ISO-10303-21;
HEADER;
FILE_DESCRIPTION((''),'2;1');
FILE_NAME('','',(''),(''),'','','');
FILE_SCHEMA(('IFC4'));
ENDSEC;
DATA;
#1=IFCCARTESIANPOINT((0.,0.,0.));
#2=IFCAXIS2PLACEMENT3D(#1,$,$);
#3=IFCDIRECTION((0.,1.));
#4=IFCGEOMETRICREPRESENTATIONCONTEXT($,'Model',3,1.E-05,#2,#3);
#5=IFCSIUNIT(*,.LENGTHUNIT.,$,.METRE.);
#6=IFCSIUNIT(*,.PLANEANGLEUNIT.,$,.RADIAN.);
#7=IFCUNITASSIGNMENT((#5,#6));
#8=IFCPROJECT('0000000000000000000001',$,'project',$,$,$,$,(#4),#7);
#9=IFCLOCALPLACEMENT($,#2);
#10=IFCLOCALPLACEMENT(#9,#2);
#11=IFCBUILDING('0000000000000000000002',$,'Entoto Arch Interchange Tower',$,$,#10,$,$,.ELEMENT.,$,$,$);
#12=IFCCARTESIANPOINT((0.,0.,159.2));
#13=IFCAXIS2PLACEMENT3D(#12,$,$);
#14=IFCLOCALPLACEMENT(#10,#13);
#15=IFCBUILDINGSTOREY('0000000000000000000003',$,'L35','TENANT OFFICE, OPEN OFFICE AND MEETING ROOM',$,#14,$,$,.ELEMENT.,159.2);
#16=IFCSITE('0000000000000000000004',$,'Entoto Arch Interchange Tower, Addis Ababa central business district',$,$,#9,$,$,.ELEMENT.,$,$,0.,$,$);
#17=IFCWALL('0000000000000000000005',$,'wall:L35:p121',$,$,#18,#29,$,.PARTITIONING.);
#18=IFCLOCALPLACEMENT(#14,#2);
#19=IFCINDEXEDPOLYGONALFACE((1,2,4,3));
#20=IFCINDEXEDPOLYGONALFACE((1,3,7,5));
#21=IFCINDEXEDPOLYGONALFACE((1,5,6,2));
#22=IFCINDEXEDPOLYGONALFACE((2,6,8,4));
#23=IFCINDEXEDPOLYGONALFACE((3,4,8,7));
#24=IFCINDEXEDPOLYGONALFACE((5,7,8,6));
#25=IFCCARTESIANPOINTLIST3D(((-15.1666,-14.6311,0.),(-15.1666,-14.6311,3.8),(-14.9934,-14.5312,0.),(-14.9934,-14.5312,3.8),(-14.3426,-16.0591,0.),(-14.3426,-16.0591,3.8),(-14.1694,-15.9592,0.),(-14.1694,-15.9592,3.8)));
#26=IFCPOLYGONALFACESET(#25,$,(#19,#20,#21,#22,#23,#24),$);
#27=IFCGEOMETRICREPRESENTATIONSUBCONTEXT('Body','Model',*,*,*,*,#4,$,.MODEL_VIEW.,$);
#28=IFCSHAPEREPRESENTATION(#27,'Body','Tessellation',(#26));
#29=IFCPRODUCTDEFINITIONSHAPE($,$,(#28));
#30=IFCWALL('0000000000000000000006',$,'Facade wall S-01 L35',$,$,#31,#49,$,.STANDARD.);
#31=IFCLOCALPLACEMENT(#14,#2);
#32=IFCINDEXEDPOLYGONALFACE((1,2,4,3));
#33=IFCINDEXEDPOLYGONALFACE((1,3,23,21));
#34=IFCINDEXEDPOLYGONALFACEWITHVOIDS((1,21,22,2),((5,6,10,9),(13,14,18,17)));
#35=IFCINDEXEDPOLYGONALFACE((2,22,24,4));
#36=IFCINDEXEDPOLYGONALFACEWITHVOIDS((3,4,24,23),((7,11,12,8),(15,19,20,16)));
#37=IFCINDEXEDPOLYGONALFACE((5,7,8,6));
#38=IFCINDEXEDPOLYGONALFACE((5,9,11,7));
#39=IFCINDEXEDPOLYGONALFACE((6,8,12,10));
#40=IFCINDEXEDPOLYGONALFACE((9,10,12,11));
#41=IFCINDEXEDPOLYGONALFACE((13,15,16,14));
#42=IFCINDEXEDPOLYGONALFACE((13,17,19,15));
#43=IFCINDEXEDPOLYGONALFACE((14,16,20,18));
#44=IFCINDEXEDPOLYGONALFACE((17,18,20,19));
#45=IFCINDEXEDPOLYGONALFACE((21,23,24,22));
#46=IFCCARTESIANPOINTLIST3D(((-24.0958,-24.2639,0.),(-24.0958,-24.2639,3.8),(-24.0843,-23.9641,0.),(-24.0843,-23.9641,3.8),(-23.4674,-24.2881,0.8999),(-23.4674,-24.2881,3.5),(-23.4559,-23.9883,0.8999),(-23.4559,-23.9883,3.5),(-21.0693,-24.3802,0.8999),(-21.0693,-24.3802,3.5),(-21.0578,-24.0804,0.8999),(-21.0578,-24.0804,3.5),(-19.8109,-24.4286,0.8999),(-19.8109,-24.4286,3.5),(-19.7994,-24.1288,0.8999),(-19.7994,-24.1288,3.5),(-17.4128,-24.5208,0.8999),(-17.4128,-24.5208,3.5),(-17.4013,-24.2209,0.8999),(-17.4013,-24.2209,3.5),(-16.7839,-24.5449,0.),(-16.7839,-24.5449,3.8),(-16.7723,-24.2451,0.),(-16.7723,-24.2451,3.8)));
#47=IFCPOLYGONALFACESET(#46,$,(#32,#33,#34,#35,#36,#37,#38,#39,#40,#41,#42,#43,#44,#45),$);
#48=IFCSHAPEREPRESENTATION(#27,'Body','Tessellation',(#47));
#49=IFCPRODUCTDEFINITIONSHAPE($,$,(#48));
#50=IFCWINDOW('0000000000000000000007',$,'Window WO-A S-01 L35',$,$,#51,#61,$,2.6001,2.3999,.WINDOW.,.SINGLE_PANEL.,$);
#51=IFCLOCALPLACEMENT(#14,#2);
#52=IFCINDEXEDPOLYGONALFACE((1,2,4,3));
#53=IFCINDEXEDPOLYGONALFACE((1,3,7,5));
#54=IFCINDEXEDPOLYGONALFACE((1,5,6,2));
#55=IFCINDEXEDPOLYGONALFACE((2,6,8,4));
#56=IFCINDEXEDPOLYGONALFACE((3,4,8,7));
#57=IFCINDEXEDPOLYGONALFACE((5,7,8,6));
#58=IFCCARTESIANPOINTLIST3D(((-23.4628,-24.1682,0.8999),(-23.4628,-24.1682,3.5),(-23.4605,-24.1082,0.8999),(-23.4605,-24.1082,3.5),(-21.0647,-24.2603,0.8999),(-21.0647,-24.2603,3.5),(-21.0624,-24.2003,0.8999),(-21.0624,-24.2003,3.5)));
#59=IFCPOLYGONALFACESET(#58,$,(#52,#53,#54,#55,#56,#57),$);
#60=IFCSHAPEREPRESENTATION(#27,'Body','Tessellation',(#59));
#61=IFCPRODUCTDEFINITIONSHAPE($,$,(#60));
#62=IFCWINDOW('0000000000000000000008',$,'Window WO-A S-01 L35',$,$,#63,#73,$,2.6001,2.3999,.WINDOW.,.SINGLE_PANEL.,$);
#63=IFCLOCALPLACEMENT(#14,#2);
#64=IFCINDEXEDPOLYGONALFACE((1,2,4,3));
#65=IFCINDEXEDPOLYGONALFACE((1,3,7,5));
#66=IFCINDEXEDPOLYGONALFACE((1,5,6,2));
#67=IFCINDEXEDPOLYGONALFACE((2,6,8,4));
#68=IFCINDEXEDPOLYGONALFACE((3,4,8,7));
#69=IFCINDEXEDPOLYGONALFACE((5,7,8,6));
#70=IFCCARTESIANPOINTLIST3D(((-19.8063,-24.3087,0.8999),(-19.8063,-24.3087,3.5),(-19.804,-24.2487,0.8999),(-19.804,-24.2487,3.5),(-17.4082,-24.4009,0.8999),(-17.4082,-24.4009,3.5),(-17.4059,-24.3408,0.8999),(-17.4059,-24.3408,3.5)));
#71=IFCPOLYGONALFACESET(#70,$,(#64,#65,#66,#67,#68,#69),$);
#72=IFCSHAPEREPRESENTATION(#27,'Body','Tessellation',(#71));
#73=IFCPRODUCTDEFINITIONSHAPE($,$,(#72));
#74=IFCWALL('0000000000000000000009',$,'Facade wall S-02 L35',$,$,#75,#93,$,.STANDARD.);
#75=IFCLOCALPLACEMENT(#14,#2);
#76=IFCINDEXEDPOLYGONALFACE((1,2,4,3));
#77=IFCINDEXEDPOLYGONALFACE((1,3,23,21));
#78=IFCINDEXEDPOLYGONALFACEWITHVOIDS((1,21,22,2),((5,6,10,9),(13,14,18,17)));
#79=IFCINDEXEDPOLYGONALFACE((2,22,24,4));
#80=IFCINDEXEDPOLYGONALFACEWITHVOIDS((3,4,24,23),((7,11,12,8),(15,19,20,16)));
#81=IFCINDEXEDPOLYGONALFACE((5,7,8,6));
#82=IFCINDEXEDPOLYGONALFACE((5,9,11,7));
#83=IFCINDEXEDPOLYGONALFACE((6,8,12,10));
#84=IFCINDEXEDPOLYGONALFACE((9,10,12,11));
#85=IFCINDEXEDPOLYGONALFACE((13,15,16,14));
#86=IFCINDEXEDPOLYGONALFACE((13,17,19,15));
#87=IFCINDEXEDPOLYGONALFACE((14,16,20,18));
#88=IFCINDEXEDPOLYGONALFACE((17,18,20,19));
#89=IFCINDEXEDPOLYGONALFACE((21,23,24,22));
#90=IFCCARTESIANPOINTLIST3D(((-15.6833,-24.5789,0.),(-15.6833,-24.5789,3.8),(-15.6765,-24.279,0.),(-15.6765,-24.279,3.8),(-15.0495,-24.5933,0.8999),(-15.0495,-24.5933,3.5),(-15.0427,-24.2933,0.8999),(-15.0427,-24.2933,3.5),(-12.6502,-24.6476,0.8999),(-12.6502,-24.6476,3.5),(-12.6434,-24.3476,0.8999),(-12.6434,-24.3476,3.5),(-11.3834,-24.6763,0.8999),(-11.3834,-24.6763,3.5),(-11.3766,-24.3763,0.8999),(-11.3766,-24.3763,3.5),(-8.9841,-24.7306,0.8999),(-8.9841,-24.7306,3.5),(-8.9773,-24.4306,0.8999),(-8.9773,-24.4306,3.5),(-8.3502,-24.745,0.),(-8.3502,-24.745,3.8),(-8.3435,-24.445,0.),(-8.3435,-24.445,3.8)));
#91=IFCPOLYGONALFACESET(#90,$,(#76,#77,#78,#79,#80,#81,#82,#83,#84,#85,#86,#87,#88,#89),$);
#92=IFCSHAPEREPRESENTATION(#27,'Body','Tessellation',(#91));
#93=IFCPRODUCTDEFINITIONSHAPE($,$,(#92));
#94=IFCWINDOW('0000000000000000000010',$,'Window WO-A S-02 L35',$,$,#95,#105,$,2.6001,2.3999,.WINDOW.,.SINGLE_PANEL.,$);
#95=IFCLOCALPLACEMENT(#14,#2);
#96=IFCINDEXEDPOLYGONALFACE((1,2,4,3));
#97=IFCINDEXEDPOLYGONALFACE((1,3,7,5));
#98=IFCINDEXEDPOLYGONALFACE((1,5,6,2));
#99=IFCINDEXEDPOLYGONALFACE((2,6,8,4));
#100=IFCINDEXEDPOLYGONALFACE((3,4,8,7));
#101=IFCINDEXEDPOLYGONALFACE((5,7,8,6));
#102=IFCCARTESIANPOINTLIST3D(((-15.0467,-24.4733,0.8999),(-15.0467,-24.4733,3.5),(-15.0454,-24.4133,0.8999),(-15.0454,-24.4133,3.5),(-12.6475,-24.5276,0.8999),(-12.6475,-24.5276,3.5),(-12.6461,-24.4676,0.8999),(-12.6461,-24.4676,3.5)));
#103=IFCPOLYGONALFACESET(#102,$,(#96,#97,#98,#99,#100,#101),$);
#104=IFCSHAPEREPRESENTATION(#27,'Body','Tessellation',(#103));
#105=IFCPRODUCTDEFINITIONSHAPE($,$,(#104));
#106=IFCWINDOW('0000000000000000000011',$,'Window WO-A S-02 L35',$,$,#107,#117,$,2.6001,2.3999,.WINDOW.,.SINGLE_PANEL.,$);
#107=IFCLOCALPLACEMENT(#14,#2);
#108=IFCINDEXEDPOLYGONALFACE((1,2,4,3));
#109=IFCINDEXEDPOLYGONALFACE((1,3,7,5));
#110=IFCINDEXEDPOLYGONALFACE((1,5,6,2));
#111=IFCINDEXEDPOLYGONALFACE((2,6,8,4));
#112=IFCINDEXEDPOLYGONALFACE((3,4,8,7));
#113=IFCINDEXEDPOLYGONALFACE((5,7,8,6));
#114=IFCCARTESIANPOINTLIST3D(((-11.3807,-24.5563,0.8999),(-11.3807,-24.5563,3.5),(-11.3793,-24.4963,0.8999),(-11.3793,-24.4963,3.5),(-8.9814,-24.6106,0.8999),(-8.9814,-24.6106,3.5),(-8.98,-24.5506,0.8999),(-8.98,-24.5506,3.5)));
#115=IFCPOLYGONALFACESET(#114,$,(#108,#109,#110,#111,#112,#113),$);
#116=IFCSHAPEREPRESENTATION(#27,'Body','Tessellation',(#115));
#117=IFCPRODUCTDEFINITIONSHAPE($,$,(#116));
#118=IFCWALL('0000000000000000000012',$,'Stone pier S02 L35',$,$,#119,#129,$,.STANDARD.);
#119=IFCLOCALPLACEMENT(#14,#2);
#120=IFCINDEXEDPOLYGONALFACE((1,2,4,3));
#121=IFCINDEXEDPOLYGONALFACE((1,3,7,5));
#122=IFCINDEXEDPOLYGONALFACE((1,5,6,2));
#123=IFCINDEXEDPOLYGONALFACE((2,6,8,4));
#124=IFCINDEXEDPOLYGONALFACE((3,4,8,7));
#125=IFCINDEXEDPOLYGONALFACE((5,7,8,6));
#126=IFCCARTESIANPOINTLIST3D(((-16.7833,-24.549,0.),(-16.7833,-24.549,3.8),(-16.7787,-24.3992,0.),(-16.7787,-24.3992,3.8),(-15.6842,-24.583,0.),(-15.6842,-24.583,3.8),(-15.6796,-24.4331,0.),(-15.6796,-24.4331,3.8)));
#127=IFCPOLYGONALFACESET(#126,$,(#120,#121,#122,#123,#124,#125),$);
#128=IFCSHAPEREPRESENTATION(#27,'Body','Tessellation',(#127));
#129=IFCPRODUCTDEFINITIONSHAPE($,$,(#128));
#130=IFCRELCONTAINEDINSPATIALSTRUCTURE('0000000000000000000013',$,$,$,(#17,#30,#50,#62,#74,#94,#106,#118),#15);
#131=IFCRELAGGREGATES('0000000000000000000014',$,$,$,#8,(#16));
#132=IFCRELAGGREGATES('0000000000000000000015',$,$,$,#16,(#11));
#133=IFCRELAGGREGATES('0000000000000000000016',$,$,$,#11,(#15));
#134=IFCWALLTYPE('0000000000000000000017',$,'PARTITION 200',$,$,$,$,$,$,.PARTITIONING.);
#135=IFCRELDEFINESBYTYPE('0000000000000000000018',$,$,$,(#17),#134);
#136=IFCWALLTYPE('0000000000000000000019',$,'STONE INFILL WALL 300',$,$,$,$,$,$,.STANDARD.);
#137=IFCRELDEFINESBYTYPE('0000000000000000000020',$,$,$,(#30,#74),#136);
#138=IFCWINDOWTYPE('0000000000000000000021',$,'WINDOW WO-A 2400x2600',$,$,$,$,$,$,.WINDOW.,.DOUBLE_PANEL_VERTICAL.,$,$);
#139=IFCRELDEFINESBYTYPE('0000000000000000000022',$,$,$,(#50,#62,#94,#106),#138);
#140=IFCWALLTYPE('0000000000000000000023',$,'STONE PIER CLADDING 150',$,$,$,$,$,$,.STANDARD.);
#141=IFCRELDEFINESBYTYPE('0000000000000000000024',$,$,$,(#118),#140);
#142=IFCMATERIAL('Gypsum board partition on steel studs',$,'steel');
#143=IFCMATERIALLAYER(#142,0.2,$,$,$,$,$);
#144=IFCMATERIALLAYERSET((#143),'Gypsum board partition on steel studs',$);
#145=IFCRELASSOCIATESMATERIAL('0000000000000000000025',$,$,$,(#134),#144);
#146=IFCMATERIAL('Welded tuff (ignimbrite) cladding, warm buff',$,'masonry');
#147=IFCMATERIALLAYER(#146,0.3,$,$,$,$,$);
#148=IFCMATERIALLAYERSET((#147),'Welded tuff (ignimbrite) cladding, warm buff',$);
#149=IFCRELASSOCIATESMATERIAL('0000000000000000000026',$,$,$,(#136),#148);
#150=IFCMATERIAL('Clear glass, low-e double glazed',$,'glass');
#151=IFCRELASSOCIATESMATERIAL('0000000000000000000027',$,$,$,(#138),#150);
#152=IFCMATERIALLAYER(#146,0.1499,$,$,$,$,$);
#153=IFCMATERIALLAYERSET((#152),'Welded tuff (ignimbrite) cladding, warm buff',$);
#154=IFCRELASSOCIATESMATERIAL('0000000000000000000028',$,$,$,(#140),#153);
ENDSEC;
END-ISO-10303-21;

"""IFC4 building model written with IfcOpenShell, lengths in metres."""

from ifc_helpers import new_model, si_unit, direction, frame, frame_2d, origin, place, context, subcontext, project, spatial, rectangle, extrude, material, layer, layer_set, type_object, element, fill, save


model = new_model("IFC4")

# Units and contexts
model_context = context("Model", 3, precision=1e-05, world=origin(), true_north=direction((0.0, 1.0)))
body_context = subcontext(model_context, "Body", "Model", "MODEL_VIEW")
ifc_project = project(units=[si_unit("LENGTHUNIT", "METRE"), si_unit("PLANEANGLEUNIT", "RADIAN")], contexts=[model_context])

# Site, building, storey
site_placement = place(None, origin())
site = spatial("IfcSite", under=ifc_project, at=site_placement, Name="Entoto Arch Interchange Tower, Addis Ababa central business district", CompositionType="ELEMENT", RefElevation=0.0)
building_placement = place(site_placement, origin())
building = spatial("IfcBuilding", under=site, at=building_placement, Name="Entoto Arch Interchange Tower", CompositionType="ELEMENT")
storey_placement = place(building_placement, frame((0.0, 0.0, 159.2)))
storey = spatial("IfcBuildingStorey", under=building, at=storey_placement, Name="L35", Description="TENANT OFFICE, OPEN OFFICE AND MEETING ROOM", CompositionType="ELEMENT", Elevation=159.2)

# Shared definitions
ifc_material_1 = material(Name="Gypsum board partition on steel studs", Category="steel")

# Shared definitions
ifc_layer_1 = layer(ifc_material_1, 0.2)
ifc_layer_set_1 = layer_set([ifc_layer_1], Name="Gypsum board partition on steel studs")
wall_type_1 = type_object("IfcWallType", Name="PARTITION 200", PredefinedType="PARTITIONING", material=ifc_layer_set_1)

# Wall
wall_1_placement = place(storey_placement, frame((-14.2561, -16.009, 0.0), z_axis=(0.0, 0.0, 1.0), x_axis=(-0.499787, 0.866149, 0.0)))
element("IfcWall", 1, at=wall_1_placement, inside=storey, type_object=wall_type_1, Name="wall:L35:p121", PredefinedType="PARTITIONING", context=body_context, shape_type="SweptSolid", body=[
    extrude(rectangle(XDim=1.6487, YDim=0.2, at=frame_2d((0.8242, 0.0))), origin(), (0.0, 0.0, 1.0), 3.8),
])

# Walls, openings, windows
ifc_material_2 = material(Name="Welded tuff (ignimbrite) cladding, warm buff", Category="masonry")
ifc_layer_2 = layer(ifc_material_2, 0.3)
ifc_layer_set_2 = layer_set([ifc_layer_2], Name="Welded tuff (ignimbrite) cladding, warm buff")
wall_type_2 = type_object("IfcWallType", Name="STONE INFILL WALL 300", PredefinedType="STANDARD", material=ifc_layer_set_2)
wall_2_placement = place(storey_placement, frame((-24.0901, -24.114, 0.0), z_axis=(0.0, 0.0, 1.0), x_axis=(0.999262, -0.038402, 0.0)))
wall_2 = element("IfcWall", 2, at=wall_2_placement, inside=storey, type_object=wall_type_2, Name="Facade wall S-01 L35", PredefinedType="STANDARD", context=body_context, shape_type="SweptSolid", body=[
    extrude(rectangle(XDim=7.3174, YDim=0.3, at=frame_2d((3.6587, 0.0))), origin(), (0.0, 0.0, 1.0), 3.8),
])
opening_1_placement = place(wall_2_placement, frame((0.6289, 0.0, 0.8999)))
opening_1 = element("IfcOpeningElement", 3, at=opening_1_placement, cuts=wall_2, PredefinedType="OPENING", context=body_context, shape_type="SweptSolid", body=[
    extrude(rectangle(XDim=2.3999, YDim=2.6001, at=frame_2d((1.2, 1.3))), frame((0.0, 0.1602, 0.0), z_axis=(0.0, -1.0, 0.0), x_axis=(1.0, 0.0, 0.0)), (0.0, 0.0, 1.0), 0.3201),
])
opening_2_placement = place(wall_2_placement, frame((4.2881, 0.0, 0.8999)))
opening_2 = element("IfcOpeningElement", 4, at=opening_2_placement, cuts=wall_2, PredefinedType="OPENING", context=body_context, shape_type="SweptSolid", body=[
    extrude(rectangle(XDim=2.3999, YDim=2.6001, at=frame_2d((1.2, 1.3))), frame((0.0, 0.1602, 0.0), z_axis=(0.0, -1.0, 0.0), x_axis=(1.0, 0.0, 0.0)), (0.0, 0.0, 1.0), 0.3201),
])
ifc_material_3 = material(Name="Clear glass, low-e double glazed", Category="glass")
window_type = type_object("IfcWindowType", Name="WINDOW WO-A 2400x2600", PartitioningType="DOUBLE_PANEL_VERTICAL", PredefinedType="WINDOW", material=ifc_material_3)
window_1_placement = place(opening_1_placement, origin())
window_1 = element("IfcWindow", 5, at=window_1_placement, inside=storey, type_object=window_type, Name="Window WO-A S-01 L35", OverallHeight=2.6001, OverallWidth=2.3999, PartitioningType="SINGLE_PANEL", PredefinedType="WINDOW", context=body_context, shape_type="SweptSolid", body=[
    extrude(rectangle(XDim=2.3999, YDim=2.6001, at=frame_2d((1.2, 1.3))), frame((0.0, 0.03, 0.0), z_axis=(0.0, -1.0, 0.0), x_axis=(1.0, 0.0, 0.0)), (0.0, 0.0, 1.0), 0.0601),
])
fill(opening_1, window_1)
window_2_placement = place(opening_2_placement, origin())
window_2 = element("IfcWindow", 6, at=window_2_placement, inside=storey, type_object=window_type, Name="Window WO-A S-01 L35", OverallHeight=2.6001, OverallWidth=2.3999, PartitioningType="SINGLE_PANEL", PredefinedType="WINDOW", context=body_context, shape_type="SweptSolid", body=[
    extrude(rectangle(XDim=2.3999, YDim=2.6001, at=frame_2d((1.2, 1.3))), frame((0.0, 0.03, 0.0), z_axis=(0.0, -1.0, 0.0), x_axis=(1.0, 0.0, 0.0)), (0.0, 0.0, 1.0), 0.0601),
])
fill(opening_2, window_2)
wall_3_placement = place(storey_placement, frame((-15.6799, -24.429, 0.0), z_axis=(0.0, 0.0, 1.0), x_axis=(0.999744, -0.022634, 0.0)))
wall_3 = element("IfcWall", 7, at=wall_3_placement, inside=storey, type_object=wall_type_2, Name="Facade wall S-02 L35", PredefinedType="STANDARD", context=body_context, shape_type="SweptSolid", body=[
    extrude(rectangle(XDim=7.335, YDim=0.3, at=frame_2d((3.6675, 0.0))), origin(), (0.0, 0.0, 1.0), 3.8),
])
opening_3_placement = place(wall_3_placement, frame((0.634, 0.0, 0.8999)))
opening_3 = element("IfcOpeningElement", 8, at=opening_3_placement, cuts=wall_3, PredefinedType="OPENING", context=body_context, shape_type="SweptSolid", body=[
    extrude(rectangle(XDim=2.3999, YDim=2.6001, at=frame_2d((1.2, 1.3))), frame((0.0, 0.1602, 0.0), z_axis=(0.0, -1.0, 0.0), x_axis=(1.0, 0.0, 0.0)), (0.0, 0.0, 1.0), 0.3201),
])
opening_4_placement = place(wall_3_placement, frame((4.301, 0.0, 0.8999)))
opening_4 = element("IfcOpeningElement", 9, at=opening_4_placement, cuts=wall_3, PredefinedType="OPENING", context=body_context, shape_type="SweptSolid", body=[
    extrude(rectangle(XDim=2.3999, YDim=2.6001, at=frame_2d((1.2, 1.3))), frame((0.0, 0.1602, 0.0), z_axis=(0.0, -1.0, 0.0), x_axis=(1.0, 0.0, 0.0)), (0.0, 0.0, 1.0), 0.3201),
])
window_3_placement = place(opening_3_placement, origin())
window_3 = element("IfcWindow", 10, at=window_3_placement, inside=storey, type_object=window_type, Name="Window WO-A S-02 L35", OverallHeight=2.6001, OverallWidth=2.3999, PartitioningType="SINGLE_PANEL", PredefinedType="WINDOW", context=body_context, shape_type="SweptSolid", body=[
    extrude(rectangle(XDim=2.3999, YDim=2.6001, at=frame_2d((1.2, 1.3))), frame((0.0, 0.03, 0.0), z_axis=(0.0, -1.0, 0.0), x_axis=(1.0, 0.0, 0.0)), (0.0, 0.0, 1.0), 0.0601),
])
fill(opening_3, window_3)
window_4_placement = place(opening_4_placement, origin())
window_4 = element("IfcWindow", 11, at=window_4_placement, inside=storey, type_object=window_type, Name="Window WO-A S-02 L35", OverallHeight=2.6001, OverallWidth=2.3999, PartitioningType="SINGLE_PANEL", PredefinedType="WINDOW", context=body_context, shape_type="SweptSolid", body=[
    extrude(rectangle(XDim=2.3999, YDim=2.6001, at=frame_2d((1.2, 1.3))), frame((0.0, 0.03, 0.0), z_axis=(0.0, -1.0, 0.0), x_axis=(1.0, 0.0, 0.0)), (0.0, 0.0, 1.0), 0.0601),
])
fill(opening_4, window_4)

# Wall
ifc_layer_3 = layer(ifc_material_2, 0.1499)
ifc_layer_set_3 = layer_set([ifc_layer_3], Name="Welded tuff (ignimbrite) cladding, warm buff")
wall_type_3 = type_object("IfcWallType", Name="STONE PIER CLADDING 150", PredefinedType="STANDARD", material=ifc_layer_set_3)
wall_4_placement = place(storey_placement, frame((-16.781, -24.4741, 0.0), z_axis=(0.0, 0.0, 1.0), x_axis=(0.999524, -0.03086, 0.0)))
element("IfcWall", 12, at=wall_4_placement, inside=storey, type_object=wall_type_3, Name="Stone pier S02 L35", PredefinedType="STANDARD", context=body_context, shape_type="SweptSolid", body=[
    extrude(rectangle(XDim=1.0996, YDim=0.1499, at=frame_2d((0.5498, 0.0))), origin(), (0.0, 0.0, 1.0), 3.8),
])

save(model, "model.ifc")
